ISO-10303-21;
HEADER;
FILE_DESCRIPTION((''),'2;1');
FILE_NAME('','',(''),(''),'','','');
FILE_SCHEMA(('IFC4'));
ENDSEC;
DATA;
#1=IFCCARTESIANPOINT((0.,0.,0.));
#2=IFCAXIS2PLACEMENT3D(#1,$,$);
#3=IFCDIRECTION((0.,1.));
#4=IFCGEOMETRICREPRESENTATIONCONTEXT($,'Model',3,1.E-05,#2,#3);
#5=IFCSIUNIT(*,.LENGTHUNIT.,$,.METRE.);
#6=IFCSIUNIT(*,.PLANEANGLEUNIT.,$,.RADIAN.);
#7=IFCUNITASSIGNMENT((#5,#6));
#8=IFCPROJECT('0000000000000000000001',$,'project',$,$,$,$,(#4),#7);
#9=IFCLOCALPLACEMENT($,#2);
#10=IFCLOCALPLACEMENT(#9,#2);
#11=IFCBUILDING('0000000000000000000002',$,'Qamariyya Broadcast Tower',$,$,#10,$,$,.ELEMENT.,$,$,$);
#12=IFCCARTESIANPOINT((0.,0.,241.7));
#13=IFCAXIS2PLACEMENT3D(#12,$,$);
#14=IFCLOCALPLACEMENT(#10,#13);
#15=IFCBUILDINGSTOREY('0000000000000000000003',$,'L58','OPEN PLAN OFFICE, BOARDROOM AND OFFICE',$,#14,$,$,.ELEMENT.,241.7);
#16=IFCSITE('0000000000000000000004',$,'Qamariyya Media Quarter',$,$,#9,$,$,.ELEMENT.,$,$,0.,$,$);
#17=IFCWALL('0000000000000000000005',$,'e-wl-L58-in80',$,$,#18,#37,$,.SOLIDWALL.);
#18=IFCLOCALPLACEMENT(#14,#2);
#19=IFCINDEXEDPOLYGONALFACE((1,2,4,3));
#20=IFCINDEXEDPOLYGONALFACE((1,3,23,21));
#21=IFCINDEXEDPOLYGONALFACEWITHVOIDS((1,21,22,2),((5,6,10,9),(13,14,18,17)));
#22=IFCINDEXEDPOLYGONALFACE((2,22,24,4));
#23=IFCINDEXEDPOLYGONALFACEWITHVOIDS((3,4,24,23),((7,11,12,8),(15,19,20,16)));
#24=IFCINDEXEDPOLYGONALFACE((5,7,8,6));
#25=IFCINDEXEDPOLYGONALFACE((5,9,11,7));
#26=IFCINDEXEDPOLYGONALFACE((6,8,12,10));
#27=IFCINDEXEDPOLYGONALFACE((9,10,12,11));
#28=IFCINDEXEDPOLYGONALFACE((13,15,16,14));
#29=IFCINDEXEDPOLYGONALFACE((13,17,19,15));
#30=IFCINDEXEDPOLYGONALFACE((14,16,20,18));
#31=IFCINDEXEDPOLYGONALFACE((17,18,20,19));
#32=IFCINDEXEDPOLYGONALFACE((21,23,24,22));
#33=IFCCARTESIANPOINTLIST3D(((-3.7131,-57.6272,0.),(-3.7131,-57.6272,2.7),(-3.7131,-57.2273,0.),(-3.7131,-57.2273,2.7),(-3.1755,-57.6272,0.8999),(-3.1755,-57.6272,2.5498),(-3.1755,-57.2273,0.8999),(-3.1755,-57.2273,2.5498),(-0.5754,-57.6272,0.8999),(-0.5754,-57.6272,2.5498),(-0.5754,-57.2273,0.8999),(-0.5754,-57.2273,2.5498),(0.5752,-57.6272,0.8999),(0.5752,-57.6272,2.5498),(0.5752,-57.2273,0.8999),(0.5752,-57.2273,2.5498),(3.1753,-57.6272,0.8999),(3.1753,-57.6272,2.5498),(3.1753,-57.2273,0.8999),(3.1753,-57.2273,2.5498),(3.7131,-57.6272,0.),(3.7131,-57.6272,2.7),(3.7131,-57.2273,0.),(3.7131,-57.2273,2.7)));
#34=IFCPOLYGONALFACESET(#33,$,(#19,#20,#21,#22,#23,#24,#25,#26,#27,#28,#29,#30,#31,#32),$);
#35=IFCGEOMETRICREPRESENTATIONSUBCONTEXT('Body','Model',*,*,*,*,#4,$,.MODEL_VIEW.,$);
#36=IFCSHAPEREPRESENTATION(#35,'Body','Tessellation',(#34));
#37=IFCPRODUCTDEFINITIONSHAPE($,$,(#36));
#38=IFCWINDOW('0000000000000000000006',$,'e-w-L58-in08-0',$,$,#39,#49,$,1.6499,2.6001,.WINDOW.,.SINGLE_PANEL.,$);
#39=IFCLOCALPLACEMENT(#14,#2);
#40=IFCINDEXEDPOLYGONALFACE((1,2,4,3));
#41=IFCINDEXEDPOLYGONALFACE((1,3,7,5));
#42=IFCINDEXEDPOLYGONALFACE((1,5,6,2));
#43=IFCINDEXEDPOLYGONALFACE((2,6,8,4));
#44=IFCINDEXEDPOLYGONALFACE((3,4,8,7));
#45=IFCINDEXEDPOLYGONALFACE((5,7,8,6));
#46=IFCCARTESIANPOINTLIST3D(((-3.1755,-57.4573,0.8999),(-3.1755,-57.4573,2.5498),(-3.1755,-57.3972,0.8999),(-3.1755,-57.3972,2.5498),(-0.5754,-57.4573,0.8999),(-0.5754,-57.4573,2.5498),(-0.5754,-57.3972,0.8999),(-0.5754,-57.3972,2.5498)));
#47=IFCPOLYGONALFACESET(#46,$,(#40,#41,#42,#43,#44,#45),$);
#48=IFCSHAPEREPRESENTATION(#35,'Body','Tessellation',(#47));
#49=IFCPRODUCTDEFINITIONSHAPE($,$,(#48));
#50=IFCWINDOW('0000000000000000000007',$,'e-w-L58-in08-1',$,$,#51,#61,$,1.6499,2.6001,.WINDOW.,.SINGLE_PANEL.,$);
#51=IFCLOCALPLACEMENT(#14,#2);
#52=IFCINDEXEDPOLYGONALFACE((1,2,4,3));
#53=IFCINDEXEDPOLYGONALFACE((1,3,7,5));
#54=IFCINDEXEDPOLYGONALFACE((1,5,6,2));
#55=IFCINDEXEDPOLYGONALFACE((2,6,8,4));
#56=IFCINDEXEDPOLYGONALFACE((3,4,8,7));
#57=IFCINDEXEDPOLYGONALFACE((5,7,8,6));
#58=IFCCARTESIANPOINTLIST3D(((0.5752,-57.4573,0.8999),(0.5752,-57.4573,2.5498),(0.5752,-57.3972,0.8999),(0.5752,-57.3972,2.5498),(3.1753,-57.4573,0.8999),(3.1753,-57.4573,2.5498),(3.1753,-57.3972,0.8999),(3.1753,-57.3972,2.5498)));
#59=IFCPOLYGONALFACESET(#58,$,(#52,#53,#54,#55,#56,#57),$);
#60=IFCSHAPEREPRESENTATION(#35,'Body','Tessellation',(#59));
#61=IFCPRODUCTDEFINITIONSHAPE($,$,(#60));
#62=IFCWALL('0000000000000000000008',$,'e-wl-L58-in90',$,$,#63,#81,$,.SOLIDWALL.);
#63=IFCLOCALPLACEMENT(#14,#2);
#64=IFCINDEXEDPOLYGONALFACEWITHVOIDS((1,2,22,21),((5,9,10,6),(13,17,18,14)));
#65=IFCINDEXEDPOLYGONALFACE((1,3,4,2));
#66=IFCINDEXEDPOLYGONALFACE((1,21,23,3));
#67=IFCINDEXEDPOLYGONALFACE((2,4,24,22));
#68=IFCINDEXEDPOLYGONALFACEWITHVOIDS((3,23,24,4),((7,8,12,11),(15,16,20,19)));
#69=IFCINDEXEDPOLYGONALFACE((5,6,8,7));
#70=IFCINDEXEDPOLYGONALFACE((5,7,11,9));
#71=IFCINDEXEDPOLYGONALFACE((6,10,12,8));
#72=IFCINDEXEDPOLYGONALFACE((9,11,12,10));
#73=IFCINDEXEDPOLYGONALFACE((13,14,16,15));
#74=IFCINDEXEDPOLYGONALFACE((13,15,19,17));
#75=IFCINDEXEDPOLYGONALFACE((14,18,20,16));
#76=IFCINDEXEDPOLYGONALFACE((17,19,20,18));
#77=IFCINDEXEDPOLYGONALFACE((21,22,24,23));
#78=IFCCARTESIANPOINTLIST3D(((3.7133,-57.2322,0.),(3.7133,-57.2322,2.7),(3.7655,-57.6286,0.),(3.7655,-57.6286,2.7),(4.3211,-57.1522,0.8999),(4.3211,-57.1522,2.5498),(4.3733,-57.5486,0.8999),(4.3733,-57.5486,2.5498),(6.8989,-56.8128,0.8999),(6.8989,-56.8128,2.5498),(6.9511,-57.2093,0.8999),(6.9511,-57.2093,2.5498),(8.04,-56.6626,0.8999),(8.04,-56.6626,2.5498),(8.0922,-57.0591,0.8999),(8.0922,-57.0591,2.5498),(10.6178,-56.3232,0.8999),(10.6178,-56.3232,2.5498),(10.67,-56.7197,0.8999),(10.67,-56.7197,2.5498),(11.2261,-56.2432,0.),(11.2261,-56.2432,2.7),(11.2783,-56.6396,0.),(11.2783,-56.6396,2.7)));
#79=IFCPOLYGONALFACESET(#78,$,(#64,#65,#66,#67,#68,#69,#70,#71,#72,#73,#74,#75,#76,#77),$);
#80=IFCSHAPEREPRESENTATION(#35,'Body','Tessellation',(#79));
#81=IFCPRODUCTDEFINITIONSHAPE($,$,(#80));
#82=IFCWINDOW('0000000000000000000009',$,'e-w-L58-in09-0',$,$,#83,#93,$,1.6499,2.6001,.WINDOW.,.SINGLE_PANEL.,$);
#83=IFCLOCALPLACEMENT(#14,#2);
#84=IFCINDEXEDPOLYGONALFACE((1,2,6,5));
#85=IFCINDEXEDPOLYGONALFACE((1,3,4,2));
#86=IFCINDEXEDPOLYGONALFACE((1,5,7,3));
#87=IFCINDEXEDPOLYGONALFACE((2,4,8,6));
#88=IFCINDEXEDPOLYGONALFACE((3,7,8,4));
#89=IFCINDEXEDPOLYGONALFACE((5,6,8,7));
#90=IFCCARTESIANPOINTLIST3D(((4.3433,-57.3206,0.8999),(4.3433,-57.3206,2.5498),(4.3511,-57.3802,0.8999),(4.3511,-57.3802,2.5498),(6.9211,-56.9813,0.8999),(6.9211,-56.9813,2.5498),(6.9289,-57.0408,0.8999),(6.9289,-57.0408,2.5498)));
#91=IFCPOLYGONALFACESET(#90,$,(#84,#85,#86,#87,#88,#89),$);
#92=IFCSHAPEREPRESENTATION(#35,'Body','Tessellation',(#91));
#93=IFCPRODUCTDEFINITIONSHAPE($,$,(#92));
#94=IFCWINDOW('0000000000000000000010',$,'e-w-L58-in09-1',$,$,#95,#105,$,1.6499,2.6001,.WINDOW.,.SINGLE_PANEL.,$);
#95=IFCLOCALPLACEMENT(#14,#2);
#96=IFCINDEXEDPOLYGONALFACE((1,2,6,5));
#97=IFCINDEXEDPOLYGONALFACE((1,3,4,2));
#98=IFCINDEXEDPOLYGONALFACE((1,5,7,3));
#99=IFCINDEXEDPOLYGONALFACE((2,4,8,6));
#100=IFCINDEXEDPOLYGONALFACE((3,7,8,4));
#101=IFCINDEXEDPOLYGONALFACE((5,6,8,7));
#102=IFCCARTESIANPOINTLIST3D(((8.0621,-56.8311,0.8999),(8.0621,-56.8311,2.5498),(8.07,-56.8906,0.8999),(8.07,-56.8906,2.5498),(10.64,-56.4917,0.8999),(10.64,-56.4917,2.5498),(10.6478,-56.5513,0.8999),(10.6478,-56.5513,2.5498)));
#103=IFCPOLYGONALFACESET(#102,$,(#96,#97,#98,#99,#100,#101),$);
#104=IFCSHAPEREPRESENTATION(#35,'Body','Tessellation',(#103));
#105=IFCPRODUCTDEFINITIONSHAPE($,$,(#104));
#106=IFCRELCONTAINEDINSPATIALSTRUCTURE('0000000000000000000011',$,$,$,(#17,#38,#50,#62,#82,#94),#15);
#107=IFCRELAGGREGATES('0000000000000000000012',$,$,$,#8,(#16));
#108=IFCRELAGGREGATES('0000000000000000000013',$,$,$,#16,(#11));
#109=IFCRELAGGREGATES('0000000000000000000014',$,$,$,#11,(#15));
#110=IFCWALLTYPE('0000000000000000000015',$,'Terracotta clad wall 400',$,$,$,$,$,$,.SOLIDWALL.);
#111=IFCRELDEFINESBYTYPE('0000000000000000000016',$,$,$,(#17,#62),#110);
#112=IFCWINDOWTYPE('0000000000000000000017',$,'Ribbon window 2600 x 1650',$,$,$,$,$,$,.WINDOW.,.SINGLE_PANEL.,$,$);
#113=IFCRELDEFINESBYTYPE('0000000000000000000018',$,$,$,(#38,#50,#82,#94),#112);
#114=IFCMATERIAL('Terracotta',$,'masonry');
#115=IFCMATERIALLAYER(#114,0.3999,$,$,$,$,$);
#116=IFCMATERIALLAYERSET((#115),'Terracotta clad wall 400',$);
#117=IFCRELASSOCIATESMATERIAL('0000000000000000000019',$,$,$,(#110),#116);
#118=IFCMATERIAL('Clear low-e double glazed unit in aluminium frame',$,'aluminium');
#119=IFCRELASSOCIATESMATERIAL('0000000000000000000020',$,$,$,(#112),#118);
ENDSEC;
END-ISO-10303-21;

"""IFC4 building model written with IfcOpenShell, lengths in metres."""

from ifc_helpers import new_model, si_unit, direction, frame, frame_2d, origin, place, context, subcontext, project, spatial, rectangle, extrude, material, layer, layer_set, type_object, element, fill, save


model = new_model("IFC4")

# Units and contexts
model_context = context("Model", 3, precision=1e-05, world=origin(), true_north=direction((0.0, 1.0)))
body_context = subcontext(model_context, "Body", "Model", "MODEL_VIEW")
ifc_project = project(units=[si_unit("LENGTHUNIT", "METRE"), si_unit("PLANEANGLEUNIT", "RADIAN")], contexts=[model_context])

# Site, building, storey
site_placement = place(None, origin())
site = spatial("IfcSite", under=ifc_project, at=site_placement, Name="Qamariyya Media Quarter", CompositionType="ELEMENT", RefElevation=0.0)
building_placement = place(site_placement, origin())
building = spatial("IfcBuilding", under=site, at=building_placement, Name="Qamariyya Broadcast Tower", CompositionType="ELEMENT")
storey_placement = place(building_placement, frame((0.0, 0.0, 241.7)))
storey = spatial("IfcBuildingStorey", under=building, at=storey_placement, Name="L58", Description="OPEN PLAN OFFICE, BOARDROOM AND OFFICE", CompositionType="ELEMENT", Elevation=241.7)

# Walls, openings, windows
ifc_material_1 = material(Name="Terracotta", Category="masonry")
ifc_layer_1 = layer(ifc_material_1, 0.3999)
ifc_layer_set_1 = layer_set([ifc_layer_1], Name="Terracotta clad wall 400")
wall_type_1 = type_object("IfcWallType", Name="Terracotta clad wall 400", PredefinedType="SOLIDWALL", material=ifc_layer_set_1)
ifc_material_2 = material(Name="Clear low-e double glazed unit in aluminium frame", Category="aluminium")
window_type = type_object("IfcWindowType", Name="Ribbon window 2600 x 1650", PartitioningType="SINGLE_PANEL", PredefinedType="WINDOW", material=ifc_material_2)
wall_1_placement = place(storey_placement, frame((3.7131, -57.4272, 0.0), z_axis=(0.0, 0.0, 1.0), x_axis=(-1.0, 0.0, 0.0)))
wall_1 = element("IfcWall", 1, at=wall_1_placement, inside=storey, type_object=wall_type_1, Name="e-wl-L58-in80", PredefinedType="SOLIDWALL", context=body_context, shape_type="SweptSolid", body=[
    extrude(rectangle(XDim=7.4263, YDim=0.3999, at=frame_2d((3.7131, 0.0))), origin(), (0.0, 0.0, 1.0), 2.7),
])
opening_1_placement = place(wall_1_placement, frame((4.2886, 0.0, 0.8999)))
opening_1 = element("IfcOpeningElement", 2, at=opening_1_placement, cuts=wall_1, PredefinedType="OPENING", context=body_context, shape_type="SweptSolid", body=[
    extrude(rectangle(XDim=2.6001, YDim=1.6499, at=frame_2d((1.3, 0.825))), frame((0.0, 0.21, 0.0), z_axis=(0.0, -1.0, 0.0), x_axis=(1.0, 0.0, 0.0)), (0.0, 0.0, 1.0), 0.4199),
])
opening_2_placement = place(wall_1_placement, frame((0.5378, 0.0, 0.8999)))
opening_2 = element("IfcOpeningElement", 3, at=opening_2_placement, cuts=wall_1, PredefinedType="OPENING", context=body_context, shape_type="SweptSolid", body=[
    extrude(rectangle(XDim=2.6001, YDim=1.6499, at=frame_2d((1.3, 0.825))), frame((0.0, 0.21, 0.0), z_axis=(0.0, -1.0, 0.0), x_axis=(1.0, 0.0, 0.0)), (0.0, 0.0, 1.0), 0.4199),
])
window_1_placement = place(opening_1_placement, origin())
window_1 = element("IfcWindow", 4, at=window_1_placement, inside=storey, type_object=window_type, Name="e-w-L58-in08-0", OverallHeight=1.6499, OverallWidth=2.6001, PartitioningType="SINGLE_PANEL", PredefinedType="WINDOW", context=body_context, shape_type="SweptSolid", body=[
    extrude(rectangle(XDim=2.6001, YDim=1.6499, at=frame_2d((1.3, 0.825))), frame((0.0, 0.03, 0.0), z_axis=(0.0, -1.0, 0.0), x_axis=(1.0, 0.0, 0.0)), (0.0, 0.0, 1.0), 0.0601),
])
fill(opening_1, window_1)
window_2_placement = place(opening_2_placement, origin())
window_2 = element("IfcWindow", 5, at=window_2_placement, inside=storey, type_object=window_type, Name="e-w-L58-in08-1", OverallHeight=1.6499, OverallWidth=2.6001, PartitioningType="SINGLE_PANEL", PredefinedType="WINDOW", context=body_context, shape_type="SweptSolid", body=[
    extrude(rectangle(XDim=2.6001, YDim=1.6499, at=frame_2d((1.3, 0.825))), frame((0.0, 0.03, 0.0), z_axis=(0.0, -1.0, 0.0), x_axis=(1.0, 0.0, 0.0)), (0.0, 0.0, 1.0), 0.0601),
])
fill(opening_2, window_2)
wall_2_placement = place(storey_placement, frame((11.2522, -56.4414, 0.0), z_axis=(0.0, 0.0, 1.0), x_axis=(-0.991446, -0.130515, 0.0)))
wall_2 = element("IfcWall", 6, at=wall_2_placement, inside=storey, type_object=wall_type_1, Name="e-wl-L58-in90", PredefinedType="SOLIDWALL", context=body_context, shape_type="SweptSolid", body=[
    extrude(rectangle(XDim=7.5776, YDim=0.3999, at=frame_2d((3.7888, 0.0))), origin(), (0.0, 0.0, 1.0), 2.7),
])
opening_3_placement = place(wall_2_placement, frame((4.3645, 0.0, 0.8999)))
opening_3 = element("IfcOpeningElement", 7, at=opening_3_placement, cuts=wall_2, PredefinedType="OPENING", context=body_context, shape_type="SweptSolid", body=[
    extrude(rectangle(XDim=2.6001, YDim=1.6499, at=frame_2d((1.3, 0.825))), frame((0.0, 0.21, 0.0), z_axis=(0.0, -1.0, 0.0), x_axis=(1.0, 0.0, 0.0)), (0.0, 0.0, 1.0), 0.4199),
])
opening_4_placement = place(wall_2_placement, frame((0.6135, 0.0, 0.8999)))
opening_4 = element("IfcOpeningElement", 8, at=opening_4_placement, cuts=wall_2, PredefinedType="OPENING", context=body_context, shape_type="SweptSolid", body=[
    extrude(rectangle(XDim=2.6001, YDim=1.6499, at=frame_2d((1.3, 0.825))), frame((0.0, 0.21, 0.0), z_axis=(0.0, -1.0, 0.0), x_axis=(1.0, 0.0, 0.0)), (0.0, 0.0, 1.0), 0.4199),
])
window_3_placement = place(opening_3_placement, origin())
window_3 = element("IfcWindow", 9, at=window_3_placement, inside=storey, type_object=window_type, Name="e-w-L58-in09-0", OverallHeight=1.6499, OverallWidth=2.6001, PartitioningType="SINGLE_PANEL", PredefinedType="WINDOW", context=body_context, shape_type="SweptSolid", body=[
    extrude(rectangle(XDim=2.6001, YDim=1.6499, at=frame_2d((1.3, 0.825))), frame((0.0, 0.03, 0.0), z_axis=(0.0, -1.0, 0.0), x_axis=(1.0, 0.0, 0.0)), (0.0, 0.0, 1.0), 0.0601),
])
fill(opening_3, window_3)
window_4_placement = place(opening_4_placement, origin())
window_4 = element("IfcWindow", 10, at=window_4_placement, inside=storey, type_object=window_type, Name="e-w-L58-in09-1", OverallHeight=1.6499, OverallWidth=2.6001, PartitioningType="SINGLE_PANEL", PredefinedType="WINDOW", context=body_context, shape_type="SweptSolid", body=[
    extrude(rectangle(XDim=2.6001, YDim=1.6499, at=frame_2d((1.3, 0.825))), frame((0.0, 0.03, 0.0), z_axis=(0.0, -1.0, 0.0), x_axis=(1.0, 0.0, 0.0)), (0.0, 0.0, 1.0), 0.0601),
])
fill(opening_4, window_4)

save(model, "model.ifc")
